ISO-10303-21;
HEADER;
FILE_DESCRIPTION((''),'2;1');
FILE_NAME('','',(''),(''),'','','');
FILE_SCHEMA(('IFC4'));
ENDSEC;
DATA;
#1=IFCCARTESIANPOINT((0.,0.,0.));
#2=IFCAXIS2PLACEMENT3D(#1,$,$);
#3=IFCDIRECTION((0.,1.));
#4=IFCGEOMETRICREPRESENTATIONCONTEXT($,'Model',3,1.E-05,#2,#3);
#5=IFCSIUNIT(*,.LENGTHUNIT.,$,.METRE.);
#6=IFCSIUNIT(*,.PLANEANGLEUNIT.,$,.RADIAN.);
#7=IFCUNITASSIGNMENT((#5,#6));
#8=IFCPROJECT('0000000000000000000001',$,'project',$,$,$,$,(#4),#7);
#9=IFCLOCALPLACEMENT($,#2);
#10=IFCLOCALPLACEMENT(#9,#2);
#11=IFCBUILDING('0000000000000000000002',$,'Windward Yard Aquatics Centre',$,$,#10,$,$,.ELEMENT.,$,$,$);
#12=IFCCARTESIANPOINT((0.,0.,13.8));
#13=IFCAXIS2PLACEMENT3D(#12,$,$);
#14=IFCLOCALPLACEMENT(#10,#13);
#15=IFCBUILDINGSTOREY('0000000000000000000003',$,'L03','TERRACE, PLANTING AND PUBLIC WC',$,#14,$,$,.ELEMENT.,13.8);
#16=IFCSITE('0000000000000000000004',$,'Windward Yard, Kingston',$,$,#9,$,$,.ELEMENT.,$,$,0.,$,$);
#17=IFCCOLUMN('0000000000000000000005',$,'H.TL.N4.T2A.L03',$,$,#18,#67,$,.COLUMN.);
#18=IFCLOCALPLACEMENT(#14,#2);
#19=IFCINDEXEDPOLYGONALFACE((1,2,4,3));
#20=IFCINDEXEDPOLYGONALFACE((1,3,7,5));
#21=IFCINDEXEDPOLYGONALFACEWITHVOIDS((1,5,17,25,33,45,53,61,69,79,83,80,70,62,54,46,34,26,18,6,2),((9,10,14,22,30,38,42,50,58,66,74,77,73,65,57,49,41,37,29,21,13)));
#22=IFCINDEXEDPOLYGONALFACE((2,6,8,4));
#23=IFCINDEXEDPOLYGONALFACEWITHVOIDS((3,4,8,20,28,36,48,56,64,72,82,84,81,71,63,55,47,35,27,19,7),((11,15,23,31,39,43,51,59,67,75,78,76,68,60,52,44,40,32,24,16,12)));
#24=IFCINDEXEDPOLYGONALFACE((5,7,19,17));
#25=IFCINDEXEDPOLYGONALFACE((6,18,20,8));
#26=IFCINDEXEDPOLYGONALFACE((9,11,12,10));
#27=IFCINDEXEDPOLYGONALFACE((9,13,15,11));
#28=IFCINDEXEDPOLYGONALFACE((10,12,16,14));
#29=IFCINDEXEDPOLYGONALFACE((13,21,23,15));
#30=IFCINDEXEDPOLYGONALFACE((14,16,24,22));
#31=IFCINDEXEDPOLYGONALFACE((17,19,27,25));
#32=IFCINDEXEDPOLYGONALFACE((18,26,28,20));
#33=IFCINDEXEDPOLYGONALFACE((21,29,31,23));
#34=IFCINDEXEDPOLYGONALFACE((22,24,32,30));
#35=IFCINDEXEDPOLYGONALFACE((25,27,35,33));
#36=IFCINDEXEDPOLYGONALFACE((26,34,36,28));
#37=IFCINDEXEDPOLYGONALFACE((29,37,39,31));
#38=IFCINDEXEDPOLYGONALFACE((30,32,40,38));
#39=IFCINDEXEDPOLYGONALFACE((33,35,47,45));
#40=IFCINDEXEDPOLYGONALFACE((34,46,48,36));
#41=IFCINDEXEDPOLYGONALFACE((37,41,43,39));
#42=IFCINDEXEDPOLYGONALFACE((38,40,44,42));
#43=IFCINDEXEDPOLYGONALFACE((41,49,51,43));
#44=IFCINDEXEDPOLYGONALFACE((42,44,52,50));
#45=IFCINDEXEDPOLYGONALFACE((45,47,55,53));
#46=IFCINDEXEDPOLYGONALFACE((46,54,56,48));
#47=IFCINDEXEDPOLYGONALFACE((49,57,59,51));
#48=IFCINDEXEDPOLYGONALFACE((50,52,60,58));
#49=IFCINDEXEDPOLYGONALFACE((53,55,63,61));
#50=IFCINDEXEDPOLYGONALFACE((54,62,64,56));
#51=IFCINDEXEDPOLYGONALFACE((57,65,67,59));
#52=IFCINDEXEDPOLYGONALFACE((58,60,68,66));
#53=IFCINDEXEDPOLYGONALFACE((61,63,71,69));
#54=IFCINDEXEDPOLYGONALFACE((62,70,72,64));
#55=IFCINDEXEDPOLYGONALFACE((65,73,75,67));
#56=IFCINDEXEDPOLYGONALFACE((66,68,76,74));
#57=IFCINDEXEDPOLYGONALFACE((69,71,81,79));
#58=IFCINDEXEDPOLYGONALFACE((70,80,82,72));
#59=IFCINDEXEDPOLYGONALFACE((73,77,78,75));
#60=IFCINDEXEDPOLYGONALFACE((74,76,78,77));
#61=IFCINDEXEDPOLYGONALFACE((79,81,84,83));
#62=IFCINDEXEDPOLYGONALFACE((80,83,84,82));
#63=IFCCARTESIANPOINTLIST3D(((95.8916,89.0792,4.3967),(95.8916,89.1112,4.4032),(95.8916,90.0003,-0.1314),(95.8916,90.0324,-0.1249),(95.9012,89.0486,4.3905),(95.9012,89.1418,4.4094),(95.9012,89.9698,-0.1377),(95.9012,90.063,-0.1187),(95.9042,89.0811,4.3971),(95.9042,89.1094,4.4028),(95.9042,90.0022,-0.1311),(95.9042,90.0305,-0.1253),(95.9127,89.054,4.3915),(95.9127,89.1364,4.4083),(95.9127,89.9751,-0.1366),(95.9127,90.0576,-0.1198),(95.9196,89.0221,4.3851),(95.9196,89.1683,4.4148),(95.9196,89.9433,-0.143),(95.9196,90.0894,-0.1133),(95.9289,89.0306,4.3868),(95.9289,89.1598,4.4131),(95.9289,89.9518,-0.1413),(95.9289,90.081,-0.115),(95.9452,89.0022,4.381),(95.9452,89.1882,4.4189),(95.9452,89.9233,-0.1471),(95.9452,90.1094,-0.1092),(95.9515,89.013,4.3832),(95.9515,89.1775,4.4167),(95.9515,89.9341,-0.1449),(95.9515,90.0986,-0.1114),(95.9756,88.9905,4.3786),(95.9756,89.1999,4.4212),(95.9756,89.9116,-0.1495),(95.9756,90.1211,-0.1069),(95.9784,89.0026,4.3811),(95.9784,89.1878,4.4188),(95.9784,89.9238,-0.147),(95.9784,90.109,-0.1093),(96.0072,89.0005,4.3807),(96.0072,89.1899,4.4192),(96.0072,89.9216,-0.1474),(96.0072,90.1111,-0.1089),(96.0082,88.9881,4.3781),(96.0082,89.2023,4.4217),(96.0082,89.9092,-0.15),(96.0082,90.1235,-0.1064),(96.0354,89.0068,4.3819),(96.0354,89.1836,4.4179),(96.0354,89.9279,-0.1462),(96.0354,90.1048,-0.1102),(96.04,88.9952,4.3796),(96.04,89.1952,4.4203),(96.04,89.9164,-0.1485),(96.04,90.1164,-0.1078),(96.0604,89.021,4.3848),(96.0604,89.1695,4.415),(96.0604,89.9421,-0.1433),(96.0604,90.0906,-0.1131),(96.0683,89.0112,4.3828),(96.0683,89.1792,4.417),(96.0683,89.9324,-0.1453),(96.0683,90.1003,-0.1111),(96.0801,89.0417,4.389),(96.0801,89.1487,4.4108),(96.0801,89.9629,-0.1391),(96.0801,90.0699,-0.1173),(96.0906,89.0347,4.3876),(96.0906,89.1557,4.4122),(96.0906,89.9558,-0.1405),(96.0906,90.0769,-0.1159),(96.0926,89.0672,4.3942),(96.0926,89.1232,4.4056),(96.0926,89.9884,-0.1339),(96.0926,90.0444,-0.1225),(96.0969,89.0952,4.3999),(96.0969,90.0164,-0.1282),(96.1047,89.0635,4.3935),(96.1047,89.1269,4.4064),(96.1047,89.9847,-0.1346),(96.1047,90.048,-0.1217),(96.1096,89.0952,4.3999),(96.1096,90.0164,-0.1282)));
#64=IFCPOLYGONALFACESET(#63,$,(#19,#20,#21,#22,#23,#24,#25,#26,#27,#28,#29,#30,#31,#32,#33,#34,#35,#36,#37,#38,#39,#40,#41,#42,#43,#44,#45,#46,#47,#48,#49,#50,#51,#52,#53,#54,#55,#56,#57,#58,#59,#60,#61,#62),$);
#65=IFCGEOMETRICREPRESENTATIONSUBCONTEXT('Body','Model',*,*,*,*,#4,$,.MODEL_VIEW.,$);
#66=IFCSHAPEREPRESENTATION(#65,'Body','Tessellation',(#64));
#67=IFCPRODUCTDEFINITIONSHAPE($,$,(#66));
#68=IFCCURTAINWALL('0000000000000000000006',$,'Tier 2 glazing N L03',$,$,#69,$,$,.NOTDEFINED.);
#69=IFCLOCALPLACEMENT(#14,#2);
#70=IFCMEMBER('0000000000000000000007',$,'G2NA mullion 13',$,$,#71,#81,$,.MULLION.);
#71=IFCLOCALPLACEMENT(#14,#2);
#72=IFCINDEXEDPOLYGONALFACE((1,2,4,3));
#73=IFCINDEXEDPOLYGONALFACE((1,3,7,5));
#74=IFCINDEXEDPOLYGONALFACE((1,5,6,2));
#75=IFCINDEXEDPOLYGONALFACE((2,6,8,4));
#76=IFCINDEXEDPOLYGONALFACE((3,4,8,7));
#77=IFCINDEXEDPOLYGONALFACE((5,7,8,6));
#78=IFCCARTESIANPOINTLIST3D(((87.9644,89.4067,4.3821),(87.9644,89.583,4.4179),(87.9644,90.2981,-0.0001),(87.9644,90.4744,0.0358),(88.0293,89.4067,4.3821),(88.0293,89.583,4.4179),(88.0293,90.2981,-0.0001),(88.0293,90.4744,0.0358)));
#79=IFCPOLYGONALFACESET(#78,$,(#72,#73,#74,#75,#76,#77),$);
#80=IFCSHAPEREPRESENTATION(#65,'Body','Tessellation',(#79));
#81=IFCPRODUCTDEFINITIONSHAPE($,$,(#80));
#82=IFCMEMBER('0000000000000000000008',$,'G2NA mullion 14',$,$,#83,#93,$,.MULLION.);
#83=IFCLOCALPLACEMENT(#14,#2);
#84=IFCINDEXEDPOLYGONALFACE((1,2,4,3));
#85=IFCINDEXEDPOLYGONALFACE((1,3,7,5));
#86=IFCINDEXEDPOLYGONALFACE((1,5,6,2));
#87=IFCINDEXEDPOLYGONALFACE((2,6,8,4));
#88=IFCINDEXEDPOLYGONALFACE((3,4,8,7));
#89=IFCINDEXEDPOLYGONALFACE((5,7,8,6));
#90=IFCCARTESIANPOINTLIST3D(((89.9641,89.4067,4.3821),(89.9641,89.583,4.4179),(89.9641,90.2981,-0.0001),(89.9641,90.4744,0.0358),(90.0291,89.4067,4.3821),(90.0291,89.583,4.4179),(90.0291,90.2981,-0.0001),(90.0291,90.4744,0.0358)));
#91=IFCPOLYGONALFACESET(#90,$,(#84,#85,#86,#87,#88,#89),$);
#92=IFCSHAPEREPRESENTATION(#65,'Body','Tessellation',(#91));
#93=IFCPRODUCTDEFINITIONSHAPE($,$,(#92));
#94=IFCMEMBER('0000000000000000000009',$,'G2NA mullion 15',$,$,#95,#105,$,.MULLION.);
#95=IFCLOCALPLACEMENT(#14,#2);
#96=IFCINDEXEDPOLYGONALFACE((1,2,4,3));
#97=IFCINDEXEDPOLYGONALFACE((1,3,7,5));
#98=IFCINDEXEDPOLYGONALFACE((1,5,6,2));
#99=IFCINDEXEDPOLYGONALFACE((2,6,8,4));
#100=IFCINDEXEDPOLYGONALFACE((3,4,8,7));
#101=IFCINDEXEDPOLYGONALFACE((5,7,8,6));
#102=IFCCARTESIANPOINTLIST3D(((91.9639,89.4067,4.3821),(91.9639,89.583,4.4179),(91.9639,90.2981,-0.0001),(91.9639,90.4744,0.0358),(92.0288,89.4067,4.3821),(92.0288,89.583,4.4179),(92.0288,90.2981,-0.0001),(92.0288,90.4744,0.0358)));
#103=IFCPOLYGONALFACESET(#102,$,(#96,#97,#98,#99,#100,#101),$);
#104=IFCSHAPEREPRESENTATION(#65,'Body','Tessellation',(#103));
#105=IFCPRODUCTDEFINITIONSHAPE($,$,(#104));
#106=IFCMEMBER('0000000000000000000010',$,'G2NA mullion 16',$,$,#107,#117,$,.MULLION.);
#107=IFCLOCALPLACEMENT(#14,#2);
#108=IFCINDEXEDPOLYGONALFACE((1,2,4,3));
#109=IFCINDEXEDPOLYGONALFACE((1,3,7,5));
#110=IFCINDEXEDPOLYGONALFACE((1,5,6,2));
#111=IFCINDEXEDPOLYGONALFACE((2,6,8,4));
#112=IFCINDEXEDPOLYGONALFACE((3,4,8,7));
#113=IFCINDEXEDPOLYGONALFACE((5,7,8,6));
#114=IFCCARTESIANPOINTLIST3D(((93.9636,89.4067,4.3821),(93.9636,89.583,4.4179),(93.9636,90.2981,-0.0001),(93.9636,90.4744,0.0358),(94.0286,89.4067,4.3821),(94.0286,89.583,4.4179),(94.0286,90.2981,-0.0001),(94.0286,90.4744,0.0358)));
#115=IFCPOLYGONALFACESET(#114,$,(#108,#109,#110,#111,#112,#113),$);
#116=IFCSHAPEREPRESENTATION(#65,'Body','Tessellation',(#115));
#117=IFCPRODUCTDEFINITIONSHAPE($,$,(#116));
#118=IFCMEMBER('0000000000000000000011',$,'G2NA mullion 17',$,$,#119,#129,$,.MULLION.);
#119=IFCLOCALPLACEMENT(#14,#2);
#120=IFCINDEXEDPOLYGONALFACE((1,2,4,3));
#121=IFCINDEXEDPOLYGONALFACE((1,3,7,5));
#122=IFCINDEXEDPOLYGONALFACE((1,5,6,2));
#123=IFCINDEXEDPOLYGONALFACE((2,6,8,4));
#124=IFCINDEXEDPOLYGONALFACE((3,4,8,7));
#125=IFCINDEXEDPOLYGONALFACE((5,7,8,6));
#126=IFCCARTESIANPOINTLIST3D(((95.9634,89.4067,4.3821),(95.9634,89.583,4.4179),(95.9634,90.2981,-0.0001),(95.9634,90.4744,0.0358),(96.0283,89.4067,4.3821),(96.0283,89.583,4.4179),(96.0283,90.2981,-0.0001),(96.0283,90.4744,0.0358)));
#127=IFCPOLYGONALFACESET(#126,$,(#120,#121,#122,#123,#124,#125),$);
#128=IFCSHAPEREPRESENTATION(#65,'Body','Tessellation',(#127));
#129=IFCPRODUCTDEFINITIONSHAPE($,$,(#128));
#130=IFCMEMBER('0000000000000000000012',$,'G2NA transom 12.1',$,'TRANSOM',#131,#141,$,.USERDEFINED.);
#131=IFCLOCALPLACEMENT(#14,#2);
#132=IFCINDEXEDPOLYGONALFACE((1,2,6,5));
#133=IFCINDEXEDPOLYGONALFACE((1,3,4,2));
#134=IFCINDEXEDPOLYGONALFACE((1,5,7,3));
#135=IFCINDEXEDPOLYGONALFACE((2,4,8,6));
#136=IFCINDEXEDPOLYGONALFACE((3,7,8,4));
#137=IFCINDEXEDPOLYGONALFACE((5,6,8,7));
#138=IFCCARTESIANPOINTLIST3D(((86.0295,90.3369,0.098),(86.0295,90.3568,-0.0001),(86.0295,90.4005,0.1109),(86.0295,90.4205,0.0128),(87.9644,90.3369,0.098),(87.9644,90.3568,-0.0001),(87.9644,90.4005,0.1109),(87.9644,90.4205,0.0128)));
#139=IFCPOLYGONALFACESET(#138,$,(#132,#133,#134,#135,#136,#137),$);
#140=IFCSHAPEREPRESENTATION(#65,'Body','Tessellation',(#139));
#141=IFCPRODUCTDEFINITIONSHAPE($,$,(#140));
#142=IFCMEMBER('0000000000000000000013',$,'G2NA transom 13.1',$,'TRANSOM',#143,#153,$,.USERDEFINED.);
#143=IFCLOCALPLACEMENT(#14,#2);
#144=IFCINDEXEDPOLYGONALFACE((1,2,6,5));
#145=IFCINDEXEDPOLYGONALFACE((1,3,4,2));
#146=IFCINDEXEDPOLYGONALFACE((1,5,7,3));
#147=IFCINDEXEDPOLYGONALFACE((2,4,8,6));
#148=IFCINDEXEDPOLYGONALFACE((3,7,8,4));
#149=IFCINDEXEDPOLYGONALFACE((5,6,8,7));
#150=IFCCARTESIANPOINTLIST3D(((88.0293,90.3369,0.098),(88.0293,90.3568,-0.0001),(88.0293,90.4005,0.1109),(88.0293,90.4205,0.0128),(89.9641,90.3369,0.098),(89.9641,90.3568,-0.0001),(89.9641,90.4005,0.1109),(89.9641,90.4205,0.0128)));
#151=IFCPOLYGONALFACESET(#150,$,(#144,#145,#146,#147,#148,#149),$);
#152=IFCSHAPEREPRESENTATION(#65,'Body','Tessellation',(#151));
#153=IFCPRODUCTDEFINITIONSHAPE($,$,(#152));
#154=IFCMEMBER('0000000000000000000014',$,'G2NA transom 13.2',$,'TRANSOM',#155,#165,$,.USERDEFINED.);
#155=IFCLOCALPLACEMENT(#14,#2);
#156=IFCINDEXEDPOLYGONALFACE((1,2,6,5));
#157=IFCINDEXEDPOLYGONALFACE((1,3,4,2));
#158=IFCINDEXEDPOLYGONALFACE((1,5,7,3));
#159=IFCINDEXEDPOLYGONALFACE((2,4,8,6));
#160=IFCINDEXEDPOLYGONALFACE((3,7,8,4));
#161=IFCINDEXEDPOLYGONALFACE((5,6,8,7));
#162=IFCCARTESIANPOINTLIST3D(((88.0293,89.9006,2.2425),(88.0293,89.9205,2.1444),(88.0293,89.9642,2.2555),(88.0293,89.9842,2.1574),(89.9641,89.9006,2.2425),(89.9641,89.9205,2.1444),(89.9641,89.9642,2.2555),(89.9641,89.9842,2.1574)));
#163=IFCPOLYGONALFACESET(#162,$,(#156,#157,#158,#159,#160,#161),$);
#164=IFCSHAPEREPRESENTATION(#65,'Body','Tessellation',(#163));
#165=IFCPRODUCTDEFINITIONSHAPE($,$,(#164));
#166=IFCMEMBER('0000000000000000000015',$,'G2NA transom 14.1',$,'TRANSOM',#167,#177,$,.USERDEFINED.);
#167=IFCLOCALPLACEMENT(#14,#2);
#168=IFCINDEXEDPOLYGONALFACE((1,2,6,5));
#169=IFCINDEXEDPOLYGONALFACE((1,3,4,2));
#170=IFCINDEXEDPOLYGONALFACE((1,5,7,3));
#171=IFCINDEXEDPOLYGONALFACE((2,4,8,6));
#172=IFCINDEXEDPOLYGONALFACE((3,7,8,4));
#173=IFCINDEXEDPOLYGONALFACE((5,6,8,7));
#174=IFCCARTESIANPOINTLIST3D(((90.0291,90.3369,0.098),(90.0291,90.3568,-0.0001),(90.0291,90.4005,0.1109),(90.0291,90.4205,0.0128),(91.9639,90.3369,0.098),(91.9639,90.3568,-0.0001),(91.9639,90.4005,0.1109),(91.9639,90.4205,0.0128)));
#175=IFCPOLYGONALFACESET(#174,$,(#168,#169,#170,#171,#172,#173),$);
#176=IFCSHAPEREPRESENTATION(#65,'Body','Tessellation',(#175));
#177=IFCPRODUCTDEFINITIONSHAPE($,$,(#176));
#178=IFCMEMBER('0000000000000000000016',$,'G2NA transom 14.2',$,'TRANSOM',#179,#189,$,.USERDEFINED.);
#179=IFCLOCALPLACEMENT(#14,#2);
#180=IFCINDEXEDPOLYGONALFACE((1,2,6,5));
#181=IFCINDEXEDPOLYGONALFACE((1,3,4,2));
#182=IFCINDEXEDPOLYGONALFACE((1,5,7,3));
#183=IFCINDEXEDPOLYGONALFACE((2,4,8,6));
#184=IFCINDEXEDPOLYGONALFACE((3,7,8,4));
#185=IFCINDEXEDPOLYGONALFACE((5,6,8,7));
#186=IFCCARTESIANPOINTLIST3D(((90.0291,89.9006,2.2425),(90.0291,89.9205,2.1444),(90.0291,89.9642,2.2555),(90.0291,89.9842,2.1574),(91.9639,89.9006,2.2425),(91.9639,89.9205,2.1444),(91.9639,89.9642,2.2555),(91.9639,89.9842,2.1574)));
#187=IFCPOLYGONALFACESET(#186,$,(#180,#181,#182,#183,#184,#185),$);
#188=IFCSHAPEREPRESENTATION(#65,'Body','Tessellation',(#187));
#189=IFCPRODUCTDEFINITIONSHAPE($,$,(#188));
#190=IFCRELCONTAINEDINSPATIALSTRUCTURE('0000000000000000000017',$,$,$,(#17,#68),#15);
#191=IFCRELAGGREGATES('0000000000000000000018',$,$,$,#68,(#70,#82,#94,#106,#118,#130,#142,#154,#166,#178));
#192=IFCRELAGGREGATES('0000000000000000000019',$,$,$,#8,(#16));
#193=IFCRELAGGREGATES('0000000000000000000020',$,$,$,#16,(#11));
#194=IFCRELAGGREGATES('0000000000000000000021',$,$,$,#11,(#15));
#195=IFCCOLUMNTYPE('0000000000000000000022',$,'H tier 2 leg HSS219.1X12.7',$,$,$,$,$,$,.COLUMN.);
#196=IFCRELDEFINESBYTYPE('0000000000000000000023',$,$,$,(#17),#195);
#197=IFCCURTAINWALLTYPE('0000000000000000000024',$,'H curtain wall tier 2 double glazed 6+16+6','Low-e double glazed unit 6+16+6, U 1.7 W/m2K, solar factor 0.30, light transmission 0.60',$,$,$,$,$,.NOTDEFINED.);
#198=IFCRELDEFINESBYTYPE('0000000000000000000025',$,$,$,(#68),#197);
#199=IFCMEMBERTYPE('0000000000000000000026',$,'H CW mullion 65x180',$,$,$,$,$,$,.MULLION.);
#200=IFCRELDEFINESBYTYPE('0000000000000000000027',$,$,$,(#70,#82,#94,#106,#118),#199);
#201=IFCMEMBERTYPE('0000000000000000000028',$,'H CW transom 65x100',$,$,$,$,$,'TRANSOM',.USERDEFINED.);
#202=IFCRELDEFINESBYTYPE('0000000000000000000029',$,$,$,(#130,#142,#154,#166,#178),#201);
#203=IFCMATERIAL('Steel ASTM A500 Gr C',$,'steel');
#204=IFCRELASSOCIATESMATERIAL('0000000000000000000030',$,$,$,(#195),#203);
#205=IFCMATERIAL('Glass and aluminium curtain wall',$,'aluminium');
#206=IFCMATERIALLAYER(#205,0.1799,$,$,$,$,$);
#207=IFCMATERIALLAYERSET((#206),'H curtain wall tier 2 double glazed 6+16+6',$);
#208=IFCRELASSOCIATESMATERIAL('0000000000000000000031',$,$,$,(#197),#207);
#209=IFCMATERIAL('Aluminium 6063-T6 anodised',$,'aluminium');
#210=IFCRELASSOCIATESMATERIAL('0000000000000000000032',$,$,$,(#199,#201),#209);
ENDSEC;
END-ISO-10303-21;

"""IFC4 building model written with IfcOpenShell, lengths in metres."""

from ifc_helpers import new_model, si_unit, direction, frame, origin, origin_2d, place, context, subcontext, project, spatial, rectangle, hollow_circle, extrude, material, layer, layer_set, material_profile, profile_set, type_object, element, aggregate, save


model = new_model("IFC4")

# Units and contexts
model_context = context("Model", 3, precision=1e-05, world=origin(), true_north=direction((0.0, 1.0)))
body_context = subcontext(model_context, "Body", "Model", "MODEL_VIEW")
ifc_project = project(units=[si_unit("LENGTHUNIT", "METRE"), si_unit("PLANEANGLEUNIT", "RADIAN")], contexts=[model_context])

# Site, building, storey
site_placement = place(None, origin())
site = spatial("IfcSite", under=ifc_project, at=site_placement, Name="Windward Yard, Kingston", CompositionType="ELEMENT", RefElevation=0.0)
building_placement = place(site_placement, origin())
building = spatial("IfcBuilding", under=site, at=building_placement, Name="Windward Yard Aquatics Centre", CompositionType="ELEMENT")
storey_placement = place(building_placement, frame((0.0, 0.0, 13.8)))
storey = spatial("IfcBuildingStorey", under=building, at=storey_placement, Name="L03", Description="TERRACE, PLANTING AND PUBLIC WC", CompositionType="ELEMENT", Elevation=13.8)

# Column
ifc_material_1 = material(Name="Steel ASTM A500 Gr C", Category="steel")
ifc_material_profile_1 = material_profile(ifc_material_1, hollow_circle(Radius=0.1096, WallThickness=0.0127, at=origin_2d()), Name="HSS219.1X12.7")
ifc_profile_set_1 = profile_set([ifc_material_profile_1], Name="Steel ASTM A500 Gr C")
column_type = type_object("IfcColumnType", Name="H tier 2 leg HSS219.1X12.7", PredefinedType="COLUMN", material=ifc_profile_set_1)
column_placement = place(storey_placement, frame((96.0, 90.0164, -0.1282), z_axis=(0.0, -0.199346, 0.979929), x_axis=(1.0, 0.0, 0.0)))
element("IfcColumn", 1, at=column_placement, inside=storey, type_object=column_type, Name="H.TL.N4.T2A.L03", PredefinedType="COLUMN", context=body_context, shape_type="SweptSolid", body=[
    extrude(hollow_circle(Radius=0.1096, WallThickness=0.0127, at=origin_2d()), origin(), (0.0, 0.0, 1.0), 4.6208),
])

# Curtain wall, members
ifc_material_2 = material(Name="Glass and aluminium curtain wall", Category="aluminium")
ifc_layer_1 = layer(ifc_material_2, 0.1799)
ifc_layer_set_1 = layer_set([ifc_layer_1], Name="H curtain wall tier 2 double glazed 6+16+6")
curtain_wall_type = type_object("IfcCurtainWallType", Name="H curtain wall tier 2 double glazed 6+16+6", Description="Low-e double glazed unit 6+16+6, U 1.7 W/m2K, solar factor 0.30, light transmission 0.60", PredefinedType="NOTDEFINED", material=ifc_layer_set_1)
curtain_wall_placement = place(storey_placement, origin())
curtain_wall = element("IfcCurtainWall", 2, at=curtain_wall_placement, inside=storey, type_object=curtain_wall_type, Name="Tier 2 glazing N L03", PredefinedType="NOTDEFINED")
ifc_material_3 = material(Name="Aluminium 6063-T6 anodised", Category="aluminium")
ifc_material_profile_2 = material_profile(ifc_material_3, rectangle(XDim=0.0649, YDim=0.1799, at=origin_2d()), Name="H CW mullion 65x180")
ifc_profile_set_2 = profile_set([ifc_material_profile_2], Name="Aluminium 6063-T6 anodised")
member_type_1 = type_object("IfcMemberType", Name="H CW mullion 65x180", PredefinedType="MULLION", material=ifc_profile_set_2)
member_1_placement = place(storey_placement, frame((87.9968, 90.3862, 0.0178), z_axis=(0.0, -0.199328, 0.979933), x_axis=(1.0, 0.0, 0.0)))
member_1 = element("IfcMember", 3, at=member_1_placement, type_object=member_type_1, Name="G2NA mullion 13", PredefinedType="MULLION", context=body_context, shape_type="SweptSolid", body=[
    extrude(rectangle(XDim=0.0649, YDim=0.1799, at=origin_2d()), origin(), (0.0, 0.0, 1.0), 4.4719),
])
member_2_placement = place(storey_placement, frame((89.9966, 90.3862, 0.0178), z_axis=(0.0, -0.199328, 0.979933), x_axis=(1.0, 0.0, 0.0)))
member_2 = element("IfcMember", 4, at=member_2_placement, type_object=member_type_1, Name="G2NA mullion 14", PredefinedType="MULLION", context=body_context, shape_type="SweptSolid", body=[
    extrude(rectangle(XDim=0.0649, YDim=0.1799, at=origin_2d()), origin(), (0.0, 0.0, 1.0), 4.4719),
])
member_3_placement = place(storey_placement, frame((91.9963, 90.3862, 0.0178), z_axis=(0.0, -0.199328, 0.979933), x_axis=(1.0, 0.0, 0.0)))
member_3 = element("IfcMember", 5, at=member_3_placement, type_object=member_type_1, Name="G2NA mullion 15", PredefinedType="MULLION", context=body_context, shape_type="SweptSolid", body=[
    extrude(rectangle(XDim=0.0649, YDim=0.1799, at=origin_2d()), origin(), (0.0, 0.0, 1.0), 4.4719),
])
member_4_placement = place(storey_placement, frame((93.9961, 90.3862, 0.0178), z_axis=(0.0, -0.199328, 0.979933), x_axis=(1.0, 0.0, 0.0)))
member_4 = element("IfcMember", 6, at=member_4_placement, type_object=member_type_1, Name="G2NA mullion 16", PredefinedType="MULLION", context=body_context, shape_type="SweptSolid", body=[
    extrude(rectangle(XDim=0.0649, YDim=0.1799, at=origin_2d()), origin(), (0.0, 0.0, 1.0), 4.4719),
])
member_5_placement = place(storey_placement, frame((95.9958, 90.3862, 0.0178), z_axis=(0.0, -0.199328, 0.979933), x_axis=(1.0, 0.0, 0.0)))
member_5 = element("IfcMember", 7, at=member_5_placement, type_object=member_type_1, Name="G2NA mullion 17", PredefinedType="MULLION", context=body_context, shape_type="SweptSolid", body=[
    extrude(rectangle(XDim=0.0649, YDim=0.1799, at=origin_2d()), origin(), (0.0, 0.0, 1.0), 4.4719),
])
ifc_material_profile_3 = material_profile(ifc_material_3, rectangle(XDim=0.0649, YDim=0.1001, at=origin_2d()), Name="H CW transom 65x100")
ifc_profile_set_3 = profile_set([ifc_material_profile_3], Name="Aluminium 6063-T6 anodised")
member_type_2 = type_object("IfcMemberType", Name="H CW transom 65x100", ElementType="TRANSOM", PredefinedType="USERDEFINED", material=ifc_profile_set_3)
member_6_placement = place(storey_placement, frame((86.0295, 90.3787, 0.0554), z_axis=(1.0, 0.0, 0.0), x_axis=(0.0, 0.979925, 0.199368)))
member_6 = element("IfcMember", 8, at=member_6_placement, type_object=member_type_2, Name="G2NA transom 12.1", ObjectType="TRANSOM", PredefinedType="USERDEFINED", context=body_context, shape_type="SweptSolid", body=[
    extrude(rectangle(XDim=0.0649, YDim=0.1001, at=origin_2d()), origin(), (0.0, 0.0, 1.0), 1.9348),
])
member_7_placement = place(storey_placement, frame((88.0293, 90.3787, 0.0554), z_axis=(1.0, 0.0, 0.0), x_axis=(0.0, 0.979925, 0.199368)))
member_7 = element("IfcMember", 9, at=member_7_placement, type_object=member_type_2, Name="G2NA transom 13.1", ObjectType="TRANSOM", PredefinedType="USERDEFINED", context=body_context, shape_type="SweptSolid", body=[
    extrude(rectangle(XDim=0.0649, YDim=0.1001, at=origin_2d()), origin(), (0.0, 0.0, 1.0), 1.9348),
])
member_8_placement = place(storey_placement, frame((88.0293, 89.9424, 2.2), z_axis=(1.0, 0.0, 0.0), x_axis=(0.0, 0.979925, 0.199368)))
member_8 = element("IfcMember", 10, at=member_8_placement, type_object=member_type_2, Name="G2NA transom 13.2", ObjectType="TRANSOM", PredefinedType="USERDEFINED", context=body_context, shape_type="SweptSolid", body=[
    extrude(rectangle(XDim=0.0649, YDim=0.1001, at=origin_2d()), origin(), (0.0, 0.0, 1.0), 1.9348),
])
member_9_placement = place(storey_placement, frame((90.0291, 90.3787, 0.0554), z_axis=(1.0, 0.0, 0.0), x_axis=(0.0, 0.979925, 0.199368)))
member_9 = element("IfcMember", 11, at=member_9_placement, type_object=member_type_2, Name="G2NA transom 14.1", ObjectType="TRANSOM", PredefinedType="USERDEFINED", context=body_context, shape_type="SweptSolid", body=[
    extrude(rectangle(XDim=0.0649, YDim=0.1001, at=origin_2d()), origin(), (0.0, 0.0, 1.0), 1.9348),
])
member_10_placement = place(storey_placement, frame((90.0291, 89.9424, 2.2), z_axis=(1.0, 0.0, 0.0), x_axis=(0.0, 0.979925, 0.199368)))
member_10 = element("IfcMember", 12, at=member_10_placement, type_object=member_type_2, Name="G2NA transom 14.2", ObjectType="TRANSOM", PredefinedType="USERDEFINED", context=body_context, shape_type="SweptSolid", body=[
    extrude(rectangle(XDim=0.0649, YDim=0.1001, at=origin_2d()), origin(), (0.0, 0.0, 1.0), 1.9348),
])

aggregate(curtain_wall, [member_1, member_2, member_3, member_4, member_5, member_6, member_7, member_8, member_9, member_10])

save(model, "model.ifc")
